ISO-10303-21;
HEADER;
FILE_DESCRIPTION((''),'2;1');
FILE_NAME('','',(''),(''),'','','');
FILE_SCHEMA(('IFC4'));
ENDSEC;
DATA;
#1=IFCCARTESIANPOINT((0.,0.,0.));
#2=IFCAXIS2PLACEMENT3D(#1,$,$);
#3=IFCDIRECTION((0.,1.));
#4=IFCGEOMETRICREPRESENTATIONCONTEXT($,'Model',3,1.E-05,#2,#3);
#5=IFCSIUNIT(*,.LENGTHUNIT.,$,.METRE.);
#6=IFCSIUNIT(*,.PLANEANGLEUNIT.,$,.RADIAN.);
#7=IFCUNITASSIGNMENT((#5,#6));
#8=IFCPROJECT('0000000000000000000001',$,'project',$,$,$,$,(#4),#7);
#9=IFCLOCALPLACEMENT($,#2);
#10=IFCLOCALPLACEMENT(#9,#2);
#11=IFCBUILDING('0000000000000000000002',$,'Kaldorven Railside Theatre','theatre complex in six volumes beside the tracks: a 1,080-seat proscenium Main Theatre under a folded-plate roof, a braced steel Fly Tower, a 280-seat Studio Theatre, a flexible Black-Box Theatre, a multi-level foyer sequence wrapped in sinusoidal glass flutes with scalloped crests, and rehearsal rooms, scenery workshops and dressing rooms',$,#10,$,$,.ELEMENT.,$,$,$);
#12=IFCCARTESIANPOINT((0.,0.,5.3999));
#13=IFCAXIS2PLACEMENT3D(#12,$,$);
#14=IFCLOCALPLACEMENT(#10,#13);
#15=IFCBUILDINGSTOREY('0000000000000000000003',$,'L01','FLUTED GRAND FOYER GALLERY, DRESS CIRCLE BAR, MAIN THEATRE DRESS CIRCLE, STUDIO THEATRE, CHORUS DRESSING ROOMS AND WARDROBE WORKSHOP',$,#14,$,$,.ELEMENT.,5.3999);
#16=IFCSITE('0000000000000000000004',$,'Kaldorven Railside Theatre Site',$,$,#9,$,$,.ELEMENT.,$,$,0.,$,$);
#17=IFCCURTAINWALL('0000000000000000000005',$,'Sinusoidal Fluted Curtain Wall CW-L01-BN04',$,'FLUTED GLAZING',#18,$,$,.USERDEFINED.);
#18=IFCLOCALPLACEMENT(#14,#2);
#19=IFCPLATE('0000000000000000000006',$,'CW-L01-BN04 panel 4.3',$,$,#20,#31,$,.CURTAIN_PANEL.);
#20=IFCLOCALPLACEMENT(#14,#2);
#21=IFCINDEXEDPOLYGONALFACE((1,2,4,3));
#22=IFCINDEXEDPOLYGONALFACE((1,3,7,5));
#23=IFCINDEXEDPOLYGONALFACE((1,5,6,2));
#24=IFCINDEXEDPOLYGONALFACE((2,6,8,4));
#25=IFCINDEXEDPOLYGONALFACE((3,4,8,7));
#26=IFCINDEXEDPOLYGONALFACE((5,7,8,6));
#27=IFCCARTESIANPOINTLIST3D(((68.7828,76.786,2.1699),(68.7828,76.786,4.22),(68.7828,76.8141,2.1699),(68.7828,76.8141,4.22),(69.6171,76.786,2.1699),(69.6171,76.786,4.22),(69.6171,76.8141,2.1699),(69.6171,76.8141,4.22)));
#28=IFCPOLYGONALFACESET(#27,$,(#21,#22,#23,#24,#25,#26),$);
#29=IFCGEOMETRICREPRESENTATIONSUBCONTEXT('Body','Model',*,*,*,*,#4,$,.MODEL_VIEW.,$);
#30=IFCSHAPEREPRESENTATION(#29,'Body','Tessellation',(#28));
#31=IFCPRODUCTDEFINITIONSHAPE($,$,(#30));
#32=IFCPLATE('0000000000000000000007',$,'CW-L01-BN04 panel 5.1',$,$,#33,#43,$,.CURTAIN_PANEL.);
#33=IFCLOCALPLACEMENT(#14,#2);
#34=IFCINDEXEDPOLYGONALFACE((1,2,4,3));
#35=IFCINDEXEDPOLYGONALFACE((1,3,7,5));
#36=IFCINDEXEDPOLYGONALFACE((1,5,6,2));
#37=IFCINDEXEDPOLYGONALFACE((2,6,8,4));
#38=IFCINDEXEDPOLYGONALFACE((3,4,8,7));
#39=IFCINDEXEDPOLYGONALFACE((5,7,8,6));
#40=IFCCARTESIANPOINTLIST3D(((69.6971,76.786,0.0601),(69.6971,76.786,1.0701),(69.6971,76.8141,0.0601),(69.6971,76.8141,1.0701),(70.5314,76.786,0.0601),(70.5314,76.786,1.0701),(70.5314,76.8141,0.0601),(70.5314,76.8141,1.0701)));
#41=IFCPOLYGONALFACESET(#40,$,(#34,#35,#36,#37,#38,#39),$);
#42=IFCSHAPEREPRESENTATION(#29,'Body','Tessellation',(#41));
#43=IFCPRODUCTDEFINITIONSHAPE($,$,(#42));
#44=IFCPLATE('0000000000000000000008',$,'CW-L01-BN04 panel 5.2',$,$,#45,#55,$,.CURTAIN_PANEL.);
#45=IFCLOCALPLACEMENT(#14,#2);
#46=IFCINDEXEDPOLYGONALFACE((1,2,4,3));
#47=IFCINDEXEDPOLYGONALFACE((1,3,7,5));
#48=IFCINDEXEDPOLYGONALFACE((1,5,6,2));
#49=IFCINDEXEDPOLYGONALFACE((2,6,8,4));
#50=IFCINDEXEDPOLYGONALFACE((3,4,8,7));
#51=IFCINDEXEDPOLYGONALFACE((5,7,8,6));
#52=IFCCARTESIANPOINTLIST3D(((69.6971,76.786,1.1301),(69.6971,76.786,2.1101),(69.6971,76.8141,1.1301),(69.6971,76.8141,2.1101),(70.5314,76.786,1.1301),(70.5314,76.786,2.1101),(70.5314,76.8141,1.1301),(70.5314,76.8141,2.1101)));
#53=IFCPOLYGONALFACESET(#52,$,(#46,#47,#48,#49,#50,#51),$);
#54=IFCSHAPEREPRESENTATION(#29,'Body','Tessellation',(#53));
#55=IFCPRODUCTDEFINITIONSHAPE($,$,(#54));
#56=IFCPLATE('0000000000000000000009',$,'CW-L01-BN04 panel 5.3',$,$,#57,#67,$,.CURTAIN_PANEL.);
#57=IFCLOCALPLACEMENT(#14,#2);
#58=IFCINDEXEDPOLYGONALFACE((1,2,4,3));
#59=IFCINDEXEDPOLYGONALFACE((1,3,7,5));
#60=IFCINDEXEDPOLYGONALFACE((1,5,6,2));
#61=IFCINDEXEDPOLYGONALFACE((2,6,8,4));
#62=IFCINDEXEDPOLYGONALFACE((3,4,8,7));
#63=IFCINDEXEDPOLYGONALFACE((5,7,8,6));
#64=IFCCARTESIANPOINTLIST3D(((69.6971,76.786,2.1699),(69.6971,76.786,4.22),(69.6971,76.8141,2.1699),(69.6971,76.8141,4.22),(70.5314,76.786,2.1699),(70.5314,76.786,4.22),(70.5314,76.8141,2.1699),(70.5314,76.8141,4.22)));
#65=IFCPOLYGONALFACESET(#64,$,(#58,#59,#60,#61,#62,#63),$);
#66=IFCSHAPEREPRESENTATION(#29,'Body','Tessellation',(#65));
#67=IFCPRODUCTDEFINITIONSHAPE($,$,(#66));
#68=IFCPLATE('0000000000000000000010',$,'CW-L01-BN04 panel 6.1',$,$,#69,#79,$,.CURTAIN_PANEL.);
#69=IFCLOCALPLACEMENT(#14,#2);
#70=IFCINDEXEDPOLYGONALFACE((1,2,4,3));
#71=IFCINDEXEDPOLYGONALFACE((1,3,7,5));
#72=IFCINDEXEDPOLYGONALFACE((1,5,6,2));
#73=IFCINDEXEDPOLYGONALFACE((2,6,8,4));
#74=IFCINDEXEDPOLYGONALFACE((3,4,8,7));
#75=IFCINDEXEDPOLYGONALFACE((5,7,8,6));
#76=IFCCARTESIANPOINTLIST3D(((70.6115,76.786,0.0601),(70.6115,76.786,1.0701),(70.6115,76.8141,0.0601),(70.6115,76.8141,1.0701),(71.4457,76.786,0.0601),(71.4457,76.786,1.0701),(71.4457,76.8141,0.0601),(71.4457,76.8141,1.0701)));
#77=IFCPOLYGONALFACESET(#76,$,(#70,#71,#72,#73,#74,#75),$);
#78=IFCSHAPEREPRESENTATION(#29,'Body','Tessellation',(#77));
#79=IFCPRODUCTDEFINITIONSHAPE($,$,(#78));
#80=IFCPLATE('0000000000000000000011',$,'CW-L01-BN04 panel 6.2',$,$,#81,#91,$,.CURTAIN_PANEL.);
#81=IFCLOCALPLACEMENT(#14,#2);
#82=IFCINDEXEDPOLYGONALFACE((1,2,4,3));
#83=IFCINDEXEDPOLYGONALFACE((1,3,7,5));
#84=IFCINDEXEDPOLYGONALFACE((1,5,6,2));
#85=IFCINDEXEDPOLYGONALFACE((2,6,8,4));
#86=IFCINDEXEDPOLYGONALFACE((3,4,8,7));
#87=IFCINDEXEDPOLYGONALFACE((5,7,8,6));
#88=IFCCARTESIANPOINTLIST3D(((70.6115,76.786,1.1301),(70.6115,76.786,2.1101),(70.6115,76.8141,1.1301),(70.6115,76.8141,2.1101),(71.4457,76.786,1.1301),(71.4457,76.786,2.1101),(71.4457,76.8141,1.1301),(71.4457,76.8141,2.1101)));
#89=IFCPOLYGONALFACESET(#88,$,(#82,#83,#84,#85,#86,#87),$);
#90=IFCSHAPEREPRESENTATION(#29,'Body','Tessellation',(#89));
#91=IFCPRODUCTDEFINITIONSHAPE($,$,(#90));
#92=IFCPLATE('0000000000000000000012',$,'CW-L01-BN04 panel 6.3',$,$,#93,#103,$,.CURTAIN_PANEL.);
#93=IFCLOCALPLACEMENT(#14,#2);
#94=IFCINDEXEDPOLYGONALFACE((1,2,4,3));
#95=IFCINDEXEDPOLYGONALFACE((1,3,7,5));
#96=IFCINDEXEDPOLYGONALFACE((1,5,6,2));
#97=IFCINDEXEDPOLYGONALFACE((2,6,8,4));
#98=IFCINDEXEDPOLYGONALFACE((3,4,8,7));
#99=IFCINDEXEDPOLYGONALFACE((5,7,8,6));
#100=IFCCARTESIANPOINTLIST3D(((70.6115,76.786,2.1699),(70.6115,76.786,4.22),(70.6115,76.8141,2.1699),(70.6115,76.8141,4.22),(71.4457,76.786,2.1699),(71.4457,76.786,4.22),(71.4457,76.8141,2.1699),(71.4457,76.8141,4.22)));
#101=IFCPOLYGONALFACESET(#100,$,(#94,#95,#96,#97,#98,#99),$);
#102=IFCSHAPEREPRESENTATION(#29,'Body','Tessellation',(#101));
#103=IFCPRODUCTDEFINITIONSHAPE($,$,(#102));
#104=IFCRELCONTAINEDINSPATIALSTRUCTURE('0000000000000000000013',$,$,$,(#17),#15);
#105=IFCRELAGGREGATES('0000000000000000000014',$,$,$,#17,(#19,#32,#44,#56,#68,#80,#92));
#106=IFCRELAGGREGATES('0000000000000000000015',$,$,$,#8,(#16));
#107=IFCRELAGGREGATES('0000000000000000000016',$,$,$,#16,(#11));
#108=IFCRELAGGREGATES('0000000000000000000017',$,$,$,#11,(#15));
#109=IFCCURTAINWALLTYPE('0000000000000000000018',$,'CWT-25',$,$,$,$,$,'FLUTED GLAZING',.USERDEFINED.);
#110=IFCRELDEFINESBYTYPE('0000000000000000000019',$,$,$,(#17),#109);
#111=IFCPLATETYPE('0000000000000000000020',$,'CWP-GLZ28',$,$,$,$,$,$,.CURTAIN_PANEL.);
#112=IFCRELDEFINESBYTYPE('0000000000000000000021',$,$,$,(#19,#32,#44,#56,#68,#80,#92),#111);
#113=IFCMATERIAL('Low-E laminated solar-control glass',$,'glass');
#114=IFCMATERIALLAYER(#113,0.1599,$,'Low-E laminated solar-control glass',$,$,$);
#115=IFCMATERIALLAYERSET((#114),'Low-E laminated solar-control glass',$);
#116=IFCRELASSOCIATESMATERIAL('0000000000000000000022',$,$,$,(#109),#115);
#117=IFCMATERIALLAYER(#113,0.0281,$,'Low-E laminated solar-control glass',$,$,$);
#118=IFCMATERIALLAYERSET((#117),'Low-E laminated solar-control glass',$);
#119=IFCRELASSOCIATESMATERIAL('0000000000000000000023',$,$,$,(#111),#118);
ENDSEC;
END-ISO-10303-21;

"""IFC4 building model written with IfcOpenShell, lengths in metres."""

from ifc_helpers import new_model, si_unit, direction, frame, origin, origin_2d, place, context, subcontext, project, spatial, rectangle, extrude, material, layer, layer_set, type_object, element, aggregate, save


model = new_model("IFC4")

# Units and contexts
model_context = context("Model", 3, precision=1e-05, world=origin(), true_north=direction((0.0, 1.0)))
body_context = subcontext(model_context, "Body", "Model", "MODEL_VIEW")
ifc_project = project(units=[si_unit("LENGTHUNIT", "METRE"), si_unit("PLANEANGLEUNIT", "RADIAN")], contexts=[model_context])

# Site, building, storey
site_placement = place(None, origin())
site = spatial("IfcSite", under=ifc_project, at=site_placement, Name="Kaldorven Railside Theatre Site", CompositionType="ELEMENT", RefElevation=0.0)
building_placement = place(site_placement, origin())
building = spatial("IfcBuilding", under=site, at=building_placement, Name="Kaldorven Railside Theatre", Description="theatre complex in six volumes beside the tracks: a 1,080-seat proscenium Main Theatre under a folded-plate roof, a braced steel Fly Tower, a 280-seat Studio Theatre, a flexible Black-Box Theatre, a multi-level foyer sequence wrapped in sinusoidal glass flutes with scalloped crests, and rehearsal rooms, scenery workshops and dressing rooms", CompositionType="ELEMENT")
storey_placement = place(building_placement, frame((0.0, 0.0, 5.3999)))
storey = spatial("IfcBuildingStorey", under=building, at=storey_placement, Name="L01", Description="FLUTED GRAND FOYER GALLERY, DRESS CIRCLE BAR, MAIN THEATRE DRESS CIRCLE, STUDIO THEATRE, CHORUS DRESSING ROOMS AND WARDROBE WORKSHOP", CompositionType="ELEMENT", Elevation=5.3999)

# Curtain wall, plates
ifc_material_1 = material(Name="Low-E laminated solar-control glass", Category="glass")
ifc_layer_1 = layer(ifc_material_1, 0.1599, Name="Low-E laminated solar-control glass")
ifc_layer_set_1 = layer_set([ifc_layer_1], Name="Low-E laminated solar-control glass")
curtain_wall_type = type_object("IfcCurtainWallType", Name="CWT-25", ElementType="FLUTED GLAZING", PredefinedType="USERDEFINED", material=ifc_layer_set_1)
curtain_wall_placement = place(storey_placement, origin())
curtain_wall = element("IfcCurtainWall", 1, at=curtain_wall_placement, inside=storey, type_object=curtain_wall_type, Name="Sinusoidal Fluted Curtain Wall CW-L01-BN04", ObjectType="FLUTED GLAZING", PredefinedType="USERDEFINED")
ifc_layer_2 = layer(ifc_material_1, 0.0281, Name="Low-E laminated solar-control glass")
ifc_layer_set_2 = layer_set([ifc_layer_2], Name="Low-E laminated solar-control glass")
plate_type = type_object("IfcPlateType", Name="CWP-GLZ28", PredefinedType="CURTAIN_PANEL", material=ifc_layer_set_2)
plate_1_placement = place(storey_placement, frame((69.2, 76.8, 2.1699), z_axis=(0.0, 0.0, 1.0), x_axis=(1.0, 0.0, 0.0)))
plate_1 = element("IfcPlate", 2, at=plate_1_placement, type_object=plate_type, Name="CW-L01-BN04 panel 4.3", PredefinedType="CURTAIN_PANEL", context=body_context, shape_type="SweptSolid", body=[
    extrude(rectangle(XDim=0.8342, YDim=0.0281, at=origin_2d()), origin(), (0.0, 0.0, 1.0), 2.05),
])
plate_2_placement = place(storey_placement, frame((70.1143, 76.8, 0.0601), z_axis=(0.0, 0.0, 1.0), x_axis=(1.0, 0.0, 0.0)))
plate_2 = element("IfcPlate", 3, at=plate_2_placement, type_object=plate_type, Name="CW-L01-BN04 panel 5.1", PredefinedType="CURTAIN_PANEL", context=body_context, shape_type="SweptSolid", body=[
    extrude(rectangle(XDim=0.8342, YDim=0.0281, at=origin_2d()), origin(), (0.0, 0.0, 1.0), 1.01),
])
plate_3_placement = place(storey_placement, frame((70.1143, 76.8, 1.1301), z_axis=(0.0, 0.0, 1.0), x_axis=(1.0, 0.0, 0.0)))
plate_3 = element("IfcPlate", 4, at=plate_3_placement, type_object=plate_type, Name="CW-L01-BN04 panel 5.2", PredefinedType="CURTAIN_PANEL", context=body_context, shape_type="SweptSolid", body=[
    extrude(rectangle(XDim=0.8342, YDim=0.0281, at=origin_2d()), origin(), (0.0, 0.0, 1.0), 0.98),
])
plate_4_placement = place(storey_placement, frame((70.1143, 76.8, 2.1699), z_axis=(0.0, 0.0, 1.0), x_axis=(1.0, 0.0, 0.0)))
plate_4 = element("IfcPlate", 5, at=plate_4_placement, type_object=plate_type, Name="CW-L01-BN04 panel 5.3", PredefinedType="CURTAIN_PANEL", context=body_context, shape_type="SweptSolid", body=[
    extrude(rectangle(XDim=0.8342, YDim=0.0281, at=origin_2d()), origin(), (0.0, 0.0, 1.0), 2.05),
])
plate_5_placement = place(storey_placement, frame((71.0286, 76.8, 0.0601), z_axis=(0.0, 0.0, 1.0), x_axis=(1.0, 0.0, 0.0)))
plate_5 = element("IfcPlate", 6, at=plate_5_placement, type_object=plate_type, Name="CW-L01-BN04 panel 6.1", PredefinedType="CURTAIN_PANEL", context=body_context, shape_type="SweptSolid", body=[
    extrude(rectangle(XDim=0.8342, YDim=0.0281, at=origin_2d()), origin(), (0.0, 0.0, 1.0), 1.01),
])
plate_6_placement = place(storey_placement, frame((71.0286, 76.8, 1.1301), z_axis=(0.0, 0.0, 1.0), x_axis=(1.0, 0.0, 0.0)))
plate_6 = element("IfcPlate", 7, at=plate_6_placement, type_object=plate_type, Name="CW-L01-BN04 panel 6.2", PredefinedType="CURTAIN_PANEL", context=body_context, shape_type="SweptSolid", body=[
    extrude(rectangle(XDim=0.8342, YDim=0.0281, at=origin_2d()), origin(), (0.0, 0.0, 1.0), 0.98),
])
plate_7_placement = place(storey_placement, frame((71.0286, 76.8, 2.1699), z_axis=(0.0, 0.0, 1.0), x_axis=(1.0, 0.0, 0.0)))
plate_7 = element("IfcPlate", 8, at=plate_7_placement, type_object=plate_type, Name="CW-L01-BN04 panel 6.3", PredefinedType="CURTAIN_PANEL", context=body_context, shape_type="SweptSolid", body=[
    extrude(rectangle(XDim=0.8342, YDim=0.0281, at=origin_2d()), origin(), (0.0, 0.0, 1.0), 2.05),
])
aggregate(curtain_wall, [plate_1, plate_2, plate_3, plate_4, plate_5, plate_6, plate_7])

save(model, "model.ifc")
